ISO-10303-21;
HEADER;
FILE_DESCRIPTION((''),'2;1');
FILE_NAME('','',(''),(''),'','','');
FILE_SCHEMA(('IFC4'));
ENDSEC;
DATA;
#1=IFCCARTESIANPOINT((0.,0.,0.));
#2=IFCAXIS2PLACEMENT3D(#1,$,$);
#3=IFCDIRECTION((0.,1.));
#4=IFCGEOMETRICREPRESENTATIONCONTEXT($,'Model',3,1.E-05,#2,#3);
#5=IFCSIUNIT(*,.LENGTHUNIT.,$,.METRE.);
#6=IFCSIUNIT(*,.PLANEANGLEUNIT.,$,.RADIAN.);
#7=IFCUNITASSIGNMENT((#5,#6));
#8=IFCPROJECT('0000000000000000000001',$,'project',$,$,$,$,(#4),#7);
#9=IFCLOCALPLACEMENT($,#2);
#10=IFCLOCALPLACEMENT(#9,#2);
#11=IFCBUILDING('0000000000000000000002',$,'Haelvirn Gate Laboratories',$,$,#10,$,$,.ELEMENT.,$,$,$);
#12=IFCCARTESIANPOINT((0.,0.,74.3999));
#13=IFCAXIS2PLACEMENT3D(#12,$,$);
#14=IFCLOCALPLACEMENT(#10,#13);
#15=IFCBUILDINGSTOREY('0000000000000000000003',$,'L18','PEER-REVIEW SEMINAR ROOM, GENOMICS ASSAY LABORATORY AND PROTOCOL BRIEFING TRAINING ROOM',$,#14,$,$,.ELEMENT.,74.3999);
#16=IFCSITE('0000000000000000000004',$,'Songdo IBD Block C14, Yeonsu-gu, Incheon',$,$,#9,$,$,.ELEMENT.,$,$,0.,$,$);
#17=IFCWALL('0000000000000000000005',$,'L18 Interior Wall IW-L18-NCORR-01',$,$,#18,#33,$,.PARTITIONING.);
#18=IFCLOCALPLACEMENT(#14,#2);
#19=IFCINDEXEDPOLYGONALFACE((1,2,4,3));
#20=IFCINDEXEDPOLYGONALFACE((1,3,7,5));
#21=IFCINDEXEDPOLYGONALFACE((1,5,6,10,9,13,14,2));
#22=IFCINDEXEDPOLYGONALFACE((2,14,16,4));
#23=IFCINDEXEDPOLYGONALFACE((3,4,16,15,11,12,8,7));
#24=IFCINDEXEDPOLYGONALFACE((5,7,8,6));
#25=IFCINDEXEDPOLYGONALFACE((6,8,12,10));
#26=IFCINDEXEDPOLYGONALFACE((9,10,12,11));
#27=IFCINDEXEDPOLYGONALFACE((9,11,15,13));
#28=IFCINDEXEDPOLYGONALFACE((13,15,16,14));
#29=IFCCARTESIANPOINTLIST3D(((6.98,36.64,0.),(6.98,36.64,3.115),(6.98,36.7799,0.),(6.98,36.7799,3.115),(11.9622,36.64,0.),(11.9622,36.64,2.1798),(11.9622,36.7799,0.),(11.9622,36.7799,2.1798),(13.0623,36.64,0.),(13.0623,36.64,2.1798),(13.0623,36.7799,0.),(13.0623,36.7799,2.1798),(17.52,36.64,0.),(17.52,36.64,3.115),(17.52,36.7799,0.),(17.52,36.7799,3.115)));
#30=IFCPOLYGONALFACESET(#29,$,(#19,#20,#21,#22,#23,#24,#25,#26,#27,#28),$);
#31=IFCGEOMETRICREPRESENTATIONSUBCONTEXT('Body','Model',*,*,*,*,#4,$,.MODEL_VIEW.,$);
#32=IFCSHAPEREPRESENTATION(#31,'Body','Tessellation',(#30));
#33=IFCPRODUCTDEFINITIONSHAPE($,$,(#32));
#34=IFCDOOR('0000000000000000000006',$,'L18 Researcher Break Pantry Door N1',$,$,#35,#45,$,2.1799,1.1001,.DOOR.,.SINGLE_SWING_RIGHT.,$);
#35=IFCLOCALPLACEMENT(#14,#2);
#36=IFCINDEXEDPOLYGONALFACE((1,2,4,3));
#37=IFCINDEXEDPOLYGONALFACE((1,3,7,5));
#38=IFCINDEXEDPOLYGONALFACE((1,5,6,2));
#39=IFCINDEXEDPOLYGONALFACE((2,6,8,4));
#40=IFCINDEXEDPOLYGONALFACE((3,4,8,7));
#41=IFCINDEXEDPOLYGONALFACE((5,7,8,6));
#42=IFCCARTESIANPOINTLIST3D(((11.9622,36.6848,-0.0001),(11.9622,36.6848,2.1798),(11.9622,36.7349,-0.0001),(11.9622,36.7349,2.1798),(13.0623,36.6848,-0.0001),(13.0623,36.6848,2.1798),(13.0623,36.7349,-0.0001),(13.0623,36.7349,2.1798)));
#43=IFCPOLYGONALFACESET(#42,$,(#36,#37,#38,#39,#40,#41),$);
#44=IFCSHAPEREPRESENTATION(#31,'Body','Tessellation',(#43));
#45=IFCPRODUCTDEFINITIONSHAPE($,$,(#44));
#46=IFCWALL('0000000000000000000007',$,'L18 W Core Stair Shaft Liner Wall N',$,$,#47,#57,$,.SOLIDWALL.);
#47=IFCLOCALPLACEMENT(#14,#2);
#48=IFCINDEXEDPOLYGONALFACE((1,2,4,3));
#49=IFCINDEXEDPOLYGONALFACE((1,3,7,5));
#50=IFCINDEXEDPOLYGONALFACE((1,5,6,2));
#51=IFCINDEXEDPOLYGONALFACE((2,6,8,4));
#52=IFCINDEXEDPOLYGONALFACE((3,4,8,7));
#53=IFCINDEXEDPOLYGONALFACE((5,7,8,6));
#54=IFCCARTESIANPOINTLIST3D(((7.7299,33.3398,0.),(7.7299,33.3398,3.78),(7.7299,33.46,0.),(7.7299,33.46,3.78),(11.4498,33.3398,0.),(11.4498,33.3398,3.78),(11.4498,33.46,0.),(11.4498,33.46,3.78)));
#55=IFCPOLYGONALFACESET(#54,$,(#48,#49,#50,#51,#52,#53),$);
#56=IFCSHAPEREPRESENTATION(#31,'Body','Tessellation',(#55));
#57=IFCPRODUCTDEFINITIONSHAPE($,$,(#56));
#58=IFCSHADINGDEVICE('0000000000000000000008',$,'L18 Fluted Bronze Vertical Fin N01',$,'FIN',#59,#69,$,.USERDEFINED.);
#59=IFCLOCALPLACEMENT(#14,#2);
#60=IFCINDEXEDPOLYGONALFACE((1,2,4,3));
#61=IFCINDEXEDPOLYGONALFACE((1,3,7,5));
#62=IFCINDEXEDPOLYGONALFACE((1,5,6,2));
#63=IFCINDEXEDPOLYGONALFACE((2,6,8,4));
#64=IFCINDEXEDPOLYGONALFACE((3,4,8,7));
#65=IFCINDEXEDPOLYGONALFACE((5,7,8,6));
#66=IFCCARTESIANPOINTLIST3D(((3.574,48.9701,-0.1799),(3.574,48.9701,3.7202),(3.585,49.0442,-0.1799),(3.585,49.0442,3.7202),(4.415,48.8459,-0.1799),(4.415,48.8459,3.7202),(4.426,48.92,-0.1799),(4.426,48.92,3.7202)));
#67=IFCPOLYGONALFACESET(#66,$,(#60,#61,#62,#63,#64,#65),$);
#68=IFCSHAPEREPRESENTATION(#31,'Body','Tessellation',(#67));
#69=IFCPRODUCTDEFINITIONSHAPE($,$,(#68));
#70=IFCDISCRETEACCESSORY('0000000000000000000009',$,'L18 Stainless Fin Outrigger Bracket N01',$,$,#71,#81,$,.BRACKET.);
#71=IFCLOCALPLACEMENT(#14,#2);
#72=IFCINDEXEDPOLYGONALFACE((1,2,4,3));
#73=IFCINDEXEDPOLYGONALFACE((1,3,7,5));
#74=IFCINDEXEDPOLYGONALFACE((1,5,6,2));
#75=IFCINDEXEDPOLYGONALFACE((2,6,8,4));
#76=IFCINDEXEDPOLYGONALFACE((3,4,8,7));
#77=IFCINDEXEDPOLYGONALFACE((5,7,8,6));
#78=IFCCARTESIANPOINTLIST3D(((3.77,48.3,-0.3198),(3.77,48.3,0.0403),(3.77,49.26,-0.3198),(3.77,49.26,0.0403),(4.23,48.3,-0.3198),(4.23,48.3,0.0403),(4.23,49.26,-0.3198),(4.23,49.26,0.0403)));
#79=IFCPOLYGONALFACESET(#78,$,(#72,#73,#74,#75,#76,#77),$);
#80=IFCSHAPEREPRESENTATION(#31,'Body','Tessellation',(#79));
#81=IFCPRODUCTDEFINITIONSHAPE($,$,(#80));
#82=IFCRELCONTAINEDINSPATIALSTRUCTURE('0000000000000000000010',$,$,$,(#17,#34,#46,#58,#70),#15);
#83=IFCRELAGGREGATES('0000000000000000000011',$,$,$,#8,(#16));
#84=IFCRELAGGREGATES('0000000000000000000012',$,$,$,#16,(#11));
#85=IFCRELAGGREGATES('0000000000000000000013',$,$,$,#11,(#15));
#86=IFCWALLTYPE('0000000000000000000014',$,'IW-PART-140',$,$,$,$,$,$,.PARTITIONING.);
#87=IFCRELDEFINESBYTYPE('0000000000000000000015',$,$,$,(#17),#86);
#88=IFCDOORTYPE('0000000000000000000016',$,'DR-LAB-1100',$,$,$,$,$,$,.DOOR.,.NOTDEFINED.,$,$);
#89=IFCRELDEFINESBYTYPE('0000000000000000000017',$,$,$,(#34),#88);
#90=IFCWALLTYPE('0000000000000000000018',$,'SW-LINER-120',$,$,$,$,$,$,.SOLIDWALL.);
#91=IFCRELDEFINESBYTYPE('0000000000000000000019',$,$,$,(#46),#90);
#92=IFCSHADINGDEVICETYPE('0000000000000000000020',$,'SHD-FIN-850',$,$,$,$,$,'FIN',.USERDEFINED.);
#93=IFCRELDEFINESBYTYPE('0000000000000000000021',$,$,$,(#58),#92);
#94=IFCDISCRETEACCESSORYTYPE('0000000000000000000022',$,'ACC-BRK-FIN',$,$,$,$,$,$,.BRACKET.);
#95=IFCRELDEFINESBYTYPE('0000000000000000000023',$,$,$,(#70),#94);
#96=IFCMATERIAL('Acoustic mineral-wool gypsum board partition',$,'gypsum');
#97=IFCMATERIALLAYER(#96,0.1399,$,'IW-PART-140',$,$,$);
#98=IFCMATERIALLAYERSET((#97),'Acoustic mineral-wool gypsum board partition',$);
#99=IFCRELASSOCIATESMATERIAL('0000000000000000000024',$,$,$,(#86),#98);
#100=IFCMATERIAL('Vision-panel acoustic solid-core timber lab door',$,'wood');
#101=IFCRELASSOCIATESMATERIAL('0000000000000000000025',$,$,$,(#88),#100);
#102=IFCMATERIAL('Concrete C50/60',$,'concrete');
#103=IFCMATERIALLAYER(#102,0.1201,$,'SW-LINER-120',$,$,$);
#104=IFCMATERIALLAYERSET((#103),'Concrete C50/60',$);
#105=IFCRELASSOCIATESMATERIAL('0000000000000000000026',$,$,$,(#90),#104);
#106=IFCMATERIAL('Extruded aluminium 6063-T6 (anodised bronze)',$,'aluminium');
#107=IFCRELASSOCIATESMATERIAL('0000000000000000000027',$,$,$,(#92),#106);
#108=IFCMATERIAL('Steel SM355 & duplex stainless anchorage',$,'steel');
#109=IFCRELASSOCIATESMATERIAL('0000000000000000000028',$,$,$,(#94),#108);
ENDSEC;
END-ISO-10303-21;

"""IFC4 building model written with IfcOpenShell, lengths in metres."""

from ifc_helpers import new_model, si_unit, direction, frame, frame_2d, origin, origin_2d, place, context, subcontext, project, spatial, rectangle, extrude, source, transform, mapped, material, layer, layer_set, material_profile, profile_set, type_object, type_shapes, element, fill, save


model = new_model("IFC4")

# Units and contexts
model_context = context("Model", 3, precision=1e-05, world=origin(), true_north=direction((0.0, 1.0)))
body_context = subcontext(model_context, "Body", "Model", "MODEL_VIEW")
ifc_project = project(units=[si_unit("LENGTHUNIT", "METRE"), si_unit("PLANEANGLEUNIT", "RADIAN")], contexts=[model_context])

# Site, building, storey
site_placement = place(None, origin())
site = spatial("IfcSite", under=ifc_project, at=site_placement, Name="Songdo IBD Block C14, Yeonsu-gu, Incheon", CompositionType="ELEMENT", RefElevation=0.0)
building_placement = place(site_placement, origin())
building = spatial("IfcBuilding", under=site, at=building_placement, Name="Haelvirn Gate Laboratories", CompositionType="ELEMENT")
storey_placement = place(building_placement, frame((0.0, 0.0, 74.3999)))
storey = spatial("IfcBuildingStorey", under=building, at=storey_placement, Name="L18", Description="PEER-REVIEW SEMINAR ROOM, GENOMICS ASSAY LABORATORY AND PROTOCOL BRIEFING TRAINING ROOM", CompositionType="ELEMENT", Elevation=74.3999)

# Shared definitions
ifc_material_1 = material(Name="Extruded aluminium 6063-T6 (anodised bronze)", Category="aluminium")

# Wall, opening, door
ifc_material_2 = material(Name="Acoustic mineral-wool gypsum board partition", Category="gypsum")
ifc_layer_1 = layer(ifc_material_2, 0.1399, Name="IW-PART-140")
ifc_layer_set_1 = layer_set([ifc_layer_1], Name="Acoustic mineral-wool gypsum board partition")
wall_type_1 = type_object("IfcWallType", Name="IW-PART-140", PredefinedType="PARTITIONING", material=ifc_layer_set_1)
wall_1_placement = place(storey_placement, frame((6.98, 36.71, 0.0), z_axis=(0.0, 0.0, 1.0), x_axis=(1.0, 0.0, 0.0)))
wall_1 = element("IfcWall", 1, at=wall_1_placement, inside=storey, type_object=wall_type_1, Name="L18 Interior Wall IW-L18-NCORR-01", PredefinedType="PARTITIONING", context=body_context, shape_type="SweptSolid", body=[
    extrude(rectangle(XDim=10.54, YDim=0.1399, at=frame_2d((5.27, 0.0))), origin(), (0.0, 0.0, 1.0), 3.115),
])
opening_1_placement = place(wall_1_placement, frame((4.9822, 0.0, 0.0)))
opening_1 = element("IfcOpeningElement", 2, at=opening_1_placement, cuts=wall_1, PredefinedType="OPENING", context=body_context, shape_type="SweptSolid", body=[
    extrude(rectangle(XDim=1.1001, YDim=2.1799, at=frame_2d((0.55, 1.0898))), frame((0.0, 0.0801, 0.0), z_axis=(0.0, -1.0, 0.0), x_axis=(1.0, 0.0, 0.0)), (0.0, 0.0, 1.0), 0.1599),
])
ifc_material_3 = material(Name="Vision-panel acoustic solid-core timber lab door", Category="wood")
door_type_1 = type_object("IfcDoorType", Name="DR-LAB-1100", OperationType="NOTDEFINED", PredefinedType="DOOR", material=ifc_material_3)
shared_shape_1 = source(origin(), body_context, "Body", "SweptSolid", [
    extrude(rectangle(XDim=1.1001, YDim=2.1799, at=frame_2d((0.55, 1.0898))), frame((0.0, 0.0249, 0.0), z_axis=(0.0, -1.0, 0.0), x_axis=(1.0, 0.0, 0.0)), (0.0, 0.0, 1.0), 0.05),
])
type_shapes(door_type_1, [shared_shape_1])
door_1_placement = place(opening_1_placement, origin())
door_1 = element("IfcDoor", 3, at=door_1_placement, inside=storey, type_object=door_type_1, Name="L18 Researcher Break Pantry Door N1", OperationType="SINGLE_SWING_RIGHT", OverallHeight=2.1799, OverallWidth=1.1001, PredefinedType="DOOR", context=body_context, shape_type="MappedRepresentation", body=[
    mapped(shared_shape_1, transform((0.0, 0.0, 0.0), scale=1.0)),
])
fill(opening_1, door_1)

# Wall
ifc_material_4 = material(Name="Concrete C50/60", Category="concrete")
ifc_layer_2 = layer(ifc_material_4, 0.1201, Name="SW-LINER-120")
ifc_layer_set_2 = layer_set([ifc_layer_2], Name="Concrete C50/60")
wall_type_2 = type_object("IfcWallType", Name="SW-LINER-120", PredefinedType="SOLIDWALL", material=ifc_layer_set_2)
wall_2_placement = place(storey_placement, frame((7.73, 33.3999, 0.0), z_axis=(0.0, 0.0, 1.0), x_axis=(1.0, 0.0, 0.0)))
element("IfcWall", 4, at=wall_2_placement, inside=storey, type_object=wall_type_2, Name="L18 W Core Stair Shaft Liner Wall N", PredefinedType="SOLIDWALL", context=body_context, shape_type="SweptSolid", body=[
    extrude(rectangle(XDim=3.72, YDim=0.1201, at=frame_2d((1.8599, 0.0))), origin(), (0.0, 0.0, 1.0), 3.78),
])

# Shading device
ifc_material_profile_1 = material_profile(ifc_material_1, rectangle(XDim=0.075, YDim=0.8501, at=origin_2d()), Name="FIN-850x75")
ifc_profile_set_1 = profile_set([ifc_material_profile_1], Name="Extruded aluminium 6063-T6 (anodised bronze)")
shading_device_type = type_object("IfcShadingDeviceType", Name="SHD-FIN-850", ElementType="FIN", PredefinedType="USERDEFINED", material=ifc_profile_set_1)
shared_shape_2 = source(origin(), body_context, "Body", "SweptSolid", [
    extrude(rectangle(XDim=0.075, YDim=0.8501, at=origin_2d()), origin(), (0.0, 0.0, 1.0), 3.9001),
])
type_shapes(shading_device_type, [shared_shape_2])
shading_device_placement = place(storey_placement, frame((4.0, 48.9451, -0.1799), z_axis=(0.0, 0.0, 1.0), x_axis=(0.146083, 0.989272, 0.0)))
element("IfcShadingDevice", 5, at=shading_device_placement, inside=storey, type_object=shading_device_type, Name="L18 Fluted Bronze Vertical Fin N01", ObjectType="FIN", PredefinedType="USERDEFINED", context=body_context, shape_type="MappedRepresentation", body=[
    mapped(shared_shape_2, transform((0.0, 0.0, 0.0), scale=1.0)),
])

# Discrete accessory
ifc_material_5 = material(Name="Steel SM355 & duplex stainless anchorage", Category="steel")
discrete_accessory_type = type_object("IfcDiscreteAccessoryType", Name="ACC-BRK-FIN", PredefinedType="BRACKET", material=ifc_material_5)
shared_shape_3 = source(origin(), body_context, "Body", "SweptSolid", [
    extrude(rectangle(XDim=0.46, YDim=0.96, at=origin_2d()), origin(), (0.0, 0.0, 1.0), 0.3601),
])
type_shapes(discrete_accessory_type, [shared_shape_3])
discrete_accessory_placement = place(storey_placement, frame((4.0, 48.78, -0.3198), z_axis=(0.0, 0.0, 1.0), x_axis=(1.0, 0.0, 0.0)))
element("IfcDiscreteAccessory", 6, at=discrete_accessory_placement, inside=storey, type_object=discrete_accessory_type, Name="L18 Stainless Fin Outrigger Bracket N01", PredefinedType="BRACKET", context=body_context, shape_type="MappedRepresentation", body=[
    mapped(shared_shape_3, transform((0.0, 0.0, 0.0), scale=1.0)),
])

save(model, "model.ifc")
